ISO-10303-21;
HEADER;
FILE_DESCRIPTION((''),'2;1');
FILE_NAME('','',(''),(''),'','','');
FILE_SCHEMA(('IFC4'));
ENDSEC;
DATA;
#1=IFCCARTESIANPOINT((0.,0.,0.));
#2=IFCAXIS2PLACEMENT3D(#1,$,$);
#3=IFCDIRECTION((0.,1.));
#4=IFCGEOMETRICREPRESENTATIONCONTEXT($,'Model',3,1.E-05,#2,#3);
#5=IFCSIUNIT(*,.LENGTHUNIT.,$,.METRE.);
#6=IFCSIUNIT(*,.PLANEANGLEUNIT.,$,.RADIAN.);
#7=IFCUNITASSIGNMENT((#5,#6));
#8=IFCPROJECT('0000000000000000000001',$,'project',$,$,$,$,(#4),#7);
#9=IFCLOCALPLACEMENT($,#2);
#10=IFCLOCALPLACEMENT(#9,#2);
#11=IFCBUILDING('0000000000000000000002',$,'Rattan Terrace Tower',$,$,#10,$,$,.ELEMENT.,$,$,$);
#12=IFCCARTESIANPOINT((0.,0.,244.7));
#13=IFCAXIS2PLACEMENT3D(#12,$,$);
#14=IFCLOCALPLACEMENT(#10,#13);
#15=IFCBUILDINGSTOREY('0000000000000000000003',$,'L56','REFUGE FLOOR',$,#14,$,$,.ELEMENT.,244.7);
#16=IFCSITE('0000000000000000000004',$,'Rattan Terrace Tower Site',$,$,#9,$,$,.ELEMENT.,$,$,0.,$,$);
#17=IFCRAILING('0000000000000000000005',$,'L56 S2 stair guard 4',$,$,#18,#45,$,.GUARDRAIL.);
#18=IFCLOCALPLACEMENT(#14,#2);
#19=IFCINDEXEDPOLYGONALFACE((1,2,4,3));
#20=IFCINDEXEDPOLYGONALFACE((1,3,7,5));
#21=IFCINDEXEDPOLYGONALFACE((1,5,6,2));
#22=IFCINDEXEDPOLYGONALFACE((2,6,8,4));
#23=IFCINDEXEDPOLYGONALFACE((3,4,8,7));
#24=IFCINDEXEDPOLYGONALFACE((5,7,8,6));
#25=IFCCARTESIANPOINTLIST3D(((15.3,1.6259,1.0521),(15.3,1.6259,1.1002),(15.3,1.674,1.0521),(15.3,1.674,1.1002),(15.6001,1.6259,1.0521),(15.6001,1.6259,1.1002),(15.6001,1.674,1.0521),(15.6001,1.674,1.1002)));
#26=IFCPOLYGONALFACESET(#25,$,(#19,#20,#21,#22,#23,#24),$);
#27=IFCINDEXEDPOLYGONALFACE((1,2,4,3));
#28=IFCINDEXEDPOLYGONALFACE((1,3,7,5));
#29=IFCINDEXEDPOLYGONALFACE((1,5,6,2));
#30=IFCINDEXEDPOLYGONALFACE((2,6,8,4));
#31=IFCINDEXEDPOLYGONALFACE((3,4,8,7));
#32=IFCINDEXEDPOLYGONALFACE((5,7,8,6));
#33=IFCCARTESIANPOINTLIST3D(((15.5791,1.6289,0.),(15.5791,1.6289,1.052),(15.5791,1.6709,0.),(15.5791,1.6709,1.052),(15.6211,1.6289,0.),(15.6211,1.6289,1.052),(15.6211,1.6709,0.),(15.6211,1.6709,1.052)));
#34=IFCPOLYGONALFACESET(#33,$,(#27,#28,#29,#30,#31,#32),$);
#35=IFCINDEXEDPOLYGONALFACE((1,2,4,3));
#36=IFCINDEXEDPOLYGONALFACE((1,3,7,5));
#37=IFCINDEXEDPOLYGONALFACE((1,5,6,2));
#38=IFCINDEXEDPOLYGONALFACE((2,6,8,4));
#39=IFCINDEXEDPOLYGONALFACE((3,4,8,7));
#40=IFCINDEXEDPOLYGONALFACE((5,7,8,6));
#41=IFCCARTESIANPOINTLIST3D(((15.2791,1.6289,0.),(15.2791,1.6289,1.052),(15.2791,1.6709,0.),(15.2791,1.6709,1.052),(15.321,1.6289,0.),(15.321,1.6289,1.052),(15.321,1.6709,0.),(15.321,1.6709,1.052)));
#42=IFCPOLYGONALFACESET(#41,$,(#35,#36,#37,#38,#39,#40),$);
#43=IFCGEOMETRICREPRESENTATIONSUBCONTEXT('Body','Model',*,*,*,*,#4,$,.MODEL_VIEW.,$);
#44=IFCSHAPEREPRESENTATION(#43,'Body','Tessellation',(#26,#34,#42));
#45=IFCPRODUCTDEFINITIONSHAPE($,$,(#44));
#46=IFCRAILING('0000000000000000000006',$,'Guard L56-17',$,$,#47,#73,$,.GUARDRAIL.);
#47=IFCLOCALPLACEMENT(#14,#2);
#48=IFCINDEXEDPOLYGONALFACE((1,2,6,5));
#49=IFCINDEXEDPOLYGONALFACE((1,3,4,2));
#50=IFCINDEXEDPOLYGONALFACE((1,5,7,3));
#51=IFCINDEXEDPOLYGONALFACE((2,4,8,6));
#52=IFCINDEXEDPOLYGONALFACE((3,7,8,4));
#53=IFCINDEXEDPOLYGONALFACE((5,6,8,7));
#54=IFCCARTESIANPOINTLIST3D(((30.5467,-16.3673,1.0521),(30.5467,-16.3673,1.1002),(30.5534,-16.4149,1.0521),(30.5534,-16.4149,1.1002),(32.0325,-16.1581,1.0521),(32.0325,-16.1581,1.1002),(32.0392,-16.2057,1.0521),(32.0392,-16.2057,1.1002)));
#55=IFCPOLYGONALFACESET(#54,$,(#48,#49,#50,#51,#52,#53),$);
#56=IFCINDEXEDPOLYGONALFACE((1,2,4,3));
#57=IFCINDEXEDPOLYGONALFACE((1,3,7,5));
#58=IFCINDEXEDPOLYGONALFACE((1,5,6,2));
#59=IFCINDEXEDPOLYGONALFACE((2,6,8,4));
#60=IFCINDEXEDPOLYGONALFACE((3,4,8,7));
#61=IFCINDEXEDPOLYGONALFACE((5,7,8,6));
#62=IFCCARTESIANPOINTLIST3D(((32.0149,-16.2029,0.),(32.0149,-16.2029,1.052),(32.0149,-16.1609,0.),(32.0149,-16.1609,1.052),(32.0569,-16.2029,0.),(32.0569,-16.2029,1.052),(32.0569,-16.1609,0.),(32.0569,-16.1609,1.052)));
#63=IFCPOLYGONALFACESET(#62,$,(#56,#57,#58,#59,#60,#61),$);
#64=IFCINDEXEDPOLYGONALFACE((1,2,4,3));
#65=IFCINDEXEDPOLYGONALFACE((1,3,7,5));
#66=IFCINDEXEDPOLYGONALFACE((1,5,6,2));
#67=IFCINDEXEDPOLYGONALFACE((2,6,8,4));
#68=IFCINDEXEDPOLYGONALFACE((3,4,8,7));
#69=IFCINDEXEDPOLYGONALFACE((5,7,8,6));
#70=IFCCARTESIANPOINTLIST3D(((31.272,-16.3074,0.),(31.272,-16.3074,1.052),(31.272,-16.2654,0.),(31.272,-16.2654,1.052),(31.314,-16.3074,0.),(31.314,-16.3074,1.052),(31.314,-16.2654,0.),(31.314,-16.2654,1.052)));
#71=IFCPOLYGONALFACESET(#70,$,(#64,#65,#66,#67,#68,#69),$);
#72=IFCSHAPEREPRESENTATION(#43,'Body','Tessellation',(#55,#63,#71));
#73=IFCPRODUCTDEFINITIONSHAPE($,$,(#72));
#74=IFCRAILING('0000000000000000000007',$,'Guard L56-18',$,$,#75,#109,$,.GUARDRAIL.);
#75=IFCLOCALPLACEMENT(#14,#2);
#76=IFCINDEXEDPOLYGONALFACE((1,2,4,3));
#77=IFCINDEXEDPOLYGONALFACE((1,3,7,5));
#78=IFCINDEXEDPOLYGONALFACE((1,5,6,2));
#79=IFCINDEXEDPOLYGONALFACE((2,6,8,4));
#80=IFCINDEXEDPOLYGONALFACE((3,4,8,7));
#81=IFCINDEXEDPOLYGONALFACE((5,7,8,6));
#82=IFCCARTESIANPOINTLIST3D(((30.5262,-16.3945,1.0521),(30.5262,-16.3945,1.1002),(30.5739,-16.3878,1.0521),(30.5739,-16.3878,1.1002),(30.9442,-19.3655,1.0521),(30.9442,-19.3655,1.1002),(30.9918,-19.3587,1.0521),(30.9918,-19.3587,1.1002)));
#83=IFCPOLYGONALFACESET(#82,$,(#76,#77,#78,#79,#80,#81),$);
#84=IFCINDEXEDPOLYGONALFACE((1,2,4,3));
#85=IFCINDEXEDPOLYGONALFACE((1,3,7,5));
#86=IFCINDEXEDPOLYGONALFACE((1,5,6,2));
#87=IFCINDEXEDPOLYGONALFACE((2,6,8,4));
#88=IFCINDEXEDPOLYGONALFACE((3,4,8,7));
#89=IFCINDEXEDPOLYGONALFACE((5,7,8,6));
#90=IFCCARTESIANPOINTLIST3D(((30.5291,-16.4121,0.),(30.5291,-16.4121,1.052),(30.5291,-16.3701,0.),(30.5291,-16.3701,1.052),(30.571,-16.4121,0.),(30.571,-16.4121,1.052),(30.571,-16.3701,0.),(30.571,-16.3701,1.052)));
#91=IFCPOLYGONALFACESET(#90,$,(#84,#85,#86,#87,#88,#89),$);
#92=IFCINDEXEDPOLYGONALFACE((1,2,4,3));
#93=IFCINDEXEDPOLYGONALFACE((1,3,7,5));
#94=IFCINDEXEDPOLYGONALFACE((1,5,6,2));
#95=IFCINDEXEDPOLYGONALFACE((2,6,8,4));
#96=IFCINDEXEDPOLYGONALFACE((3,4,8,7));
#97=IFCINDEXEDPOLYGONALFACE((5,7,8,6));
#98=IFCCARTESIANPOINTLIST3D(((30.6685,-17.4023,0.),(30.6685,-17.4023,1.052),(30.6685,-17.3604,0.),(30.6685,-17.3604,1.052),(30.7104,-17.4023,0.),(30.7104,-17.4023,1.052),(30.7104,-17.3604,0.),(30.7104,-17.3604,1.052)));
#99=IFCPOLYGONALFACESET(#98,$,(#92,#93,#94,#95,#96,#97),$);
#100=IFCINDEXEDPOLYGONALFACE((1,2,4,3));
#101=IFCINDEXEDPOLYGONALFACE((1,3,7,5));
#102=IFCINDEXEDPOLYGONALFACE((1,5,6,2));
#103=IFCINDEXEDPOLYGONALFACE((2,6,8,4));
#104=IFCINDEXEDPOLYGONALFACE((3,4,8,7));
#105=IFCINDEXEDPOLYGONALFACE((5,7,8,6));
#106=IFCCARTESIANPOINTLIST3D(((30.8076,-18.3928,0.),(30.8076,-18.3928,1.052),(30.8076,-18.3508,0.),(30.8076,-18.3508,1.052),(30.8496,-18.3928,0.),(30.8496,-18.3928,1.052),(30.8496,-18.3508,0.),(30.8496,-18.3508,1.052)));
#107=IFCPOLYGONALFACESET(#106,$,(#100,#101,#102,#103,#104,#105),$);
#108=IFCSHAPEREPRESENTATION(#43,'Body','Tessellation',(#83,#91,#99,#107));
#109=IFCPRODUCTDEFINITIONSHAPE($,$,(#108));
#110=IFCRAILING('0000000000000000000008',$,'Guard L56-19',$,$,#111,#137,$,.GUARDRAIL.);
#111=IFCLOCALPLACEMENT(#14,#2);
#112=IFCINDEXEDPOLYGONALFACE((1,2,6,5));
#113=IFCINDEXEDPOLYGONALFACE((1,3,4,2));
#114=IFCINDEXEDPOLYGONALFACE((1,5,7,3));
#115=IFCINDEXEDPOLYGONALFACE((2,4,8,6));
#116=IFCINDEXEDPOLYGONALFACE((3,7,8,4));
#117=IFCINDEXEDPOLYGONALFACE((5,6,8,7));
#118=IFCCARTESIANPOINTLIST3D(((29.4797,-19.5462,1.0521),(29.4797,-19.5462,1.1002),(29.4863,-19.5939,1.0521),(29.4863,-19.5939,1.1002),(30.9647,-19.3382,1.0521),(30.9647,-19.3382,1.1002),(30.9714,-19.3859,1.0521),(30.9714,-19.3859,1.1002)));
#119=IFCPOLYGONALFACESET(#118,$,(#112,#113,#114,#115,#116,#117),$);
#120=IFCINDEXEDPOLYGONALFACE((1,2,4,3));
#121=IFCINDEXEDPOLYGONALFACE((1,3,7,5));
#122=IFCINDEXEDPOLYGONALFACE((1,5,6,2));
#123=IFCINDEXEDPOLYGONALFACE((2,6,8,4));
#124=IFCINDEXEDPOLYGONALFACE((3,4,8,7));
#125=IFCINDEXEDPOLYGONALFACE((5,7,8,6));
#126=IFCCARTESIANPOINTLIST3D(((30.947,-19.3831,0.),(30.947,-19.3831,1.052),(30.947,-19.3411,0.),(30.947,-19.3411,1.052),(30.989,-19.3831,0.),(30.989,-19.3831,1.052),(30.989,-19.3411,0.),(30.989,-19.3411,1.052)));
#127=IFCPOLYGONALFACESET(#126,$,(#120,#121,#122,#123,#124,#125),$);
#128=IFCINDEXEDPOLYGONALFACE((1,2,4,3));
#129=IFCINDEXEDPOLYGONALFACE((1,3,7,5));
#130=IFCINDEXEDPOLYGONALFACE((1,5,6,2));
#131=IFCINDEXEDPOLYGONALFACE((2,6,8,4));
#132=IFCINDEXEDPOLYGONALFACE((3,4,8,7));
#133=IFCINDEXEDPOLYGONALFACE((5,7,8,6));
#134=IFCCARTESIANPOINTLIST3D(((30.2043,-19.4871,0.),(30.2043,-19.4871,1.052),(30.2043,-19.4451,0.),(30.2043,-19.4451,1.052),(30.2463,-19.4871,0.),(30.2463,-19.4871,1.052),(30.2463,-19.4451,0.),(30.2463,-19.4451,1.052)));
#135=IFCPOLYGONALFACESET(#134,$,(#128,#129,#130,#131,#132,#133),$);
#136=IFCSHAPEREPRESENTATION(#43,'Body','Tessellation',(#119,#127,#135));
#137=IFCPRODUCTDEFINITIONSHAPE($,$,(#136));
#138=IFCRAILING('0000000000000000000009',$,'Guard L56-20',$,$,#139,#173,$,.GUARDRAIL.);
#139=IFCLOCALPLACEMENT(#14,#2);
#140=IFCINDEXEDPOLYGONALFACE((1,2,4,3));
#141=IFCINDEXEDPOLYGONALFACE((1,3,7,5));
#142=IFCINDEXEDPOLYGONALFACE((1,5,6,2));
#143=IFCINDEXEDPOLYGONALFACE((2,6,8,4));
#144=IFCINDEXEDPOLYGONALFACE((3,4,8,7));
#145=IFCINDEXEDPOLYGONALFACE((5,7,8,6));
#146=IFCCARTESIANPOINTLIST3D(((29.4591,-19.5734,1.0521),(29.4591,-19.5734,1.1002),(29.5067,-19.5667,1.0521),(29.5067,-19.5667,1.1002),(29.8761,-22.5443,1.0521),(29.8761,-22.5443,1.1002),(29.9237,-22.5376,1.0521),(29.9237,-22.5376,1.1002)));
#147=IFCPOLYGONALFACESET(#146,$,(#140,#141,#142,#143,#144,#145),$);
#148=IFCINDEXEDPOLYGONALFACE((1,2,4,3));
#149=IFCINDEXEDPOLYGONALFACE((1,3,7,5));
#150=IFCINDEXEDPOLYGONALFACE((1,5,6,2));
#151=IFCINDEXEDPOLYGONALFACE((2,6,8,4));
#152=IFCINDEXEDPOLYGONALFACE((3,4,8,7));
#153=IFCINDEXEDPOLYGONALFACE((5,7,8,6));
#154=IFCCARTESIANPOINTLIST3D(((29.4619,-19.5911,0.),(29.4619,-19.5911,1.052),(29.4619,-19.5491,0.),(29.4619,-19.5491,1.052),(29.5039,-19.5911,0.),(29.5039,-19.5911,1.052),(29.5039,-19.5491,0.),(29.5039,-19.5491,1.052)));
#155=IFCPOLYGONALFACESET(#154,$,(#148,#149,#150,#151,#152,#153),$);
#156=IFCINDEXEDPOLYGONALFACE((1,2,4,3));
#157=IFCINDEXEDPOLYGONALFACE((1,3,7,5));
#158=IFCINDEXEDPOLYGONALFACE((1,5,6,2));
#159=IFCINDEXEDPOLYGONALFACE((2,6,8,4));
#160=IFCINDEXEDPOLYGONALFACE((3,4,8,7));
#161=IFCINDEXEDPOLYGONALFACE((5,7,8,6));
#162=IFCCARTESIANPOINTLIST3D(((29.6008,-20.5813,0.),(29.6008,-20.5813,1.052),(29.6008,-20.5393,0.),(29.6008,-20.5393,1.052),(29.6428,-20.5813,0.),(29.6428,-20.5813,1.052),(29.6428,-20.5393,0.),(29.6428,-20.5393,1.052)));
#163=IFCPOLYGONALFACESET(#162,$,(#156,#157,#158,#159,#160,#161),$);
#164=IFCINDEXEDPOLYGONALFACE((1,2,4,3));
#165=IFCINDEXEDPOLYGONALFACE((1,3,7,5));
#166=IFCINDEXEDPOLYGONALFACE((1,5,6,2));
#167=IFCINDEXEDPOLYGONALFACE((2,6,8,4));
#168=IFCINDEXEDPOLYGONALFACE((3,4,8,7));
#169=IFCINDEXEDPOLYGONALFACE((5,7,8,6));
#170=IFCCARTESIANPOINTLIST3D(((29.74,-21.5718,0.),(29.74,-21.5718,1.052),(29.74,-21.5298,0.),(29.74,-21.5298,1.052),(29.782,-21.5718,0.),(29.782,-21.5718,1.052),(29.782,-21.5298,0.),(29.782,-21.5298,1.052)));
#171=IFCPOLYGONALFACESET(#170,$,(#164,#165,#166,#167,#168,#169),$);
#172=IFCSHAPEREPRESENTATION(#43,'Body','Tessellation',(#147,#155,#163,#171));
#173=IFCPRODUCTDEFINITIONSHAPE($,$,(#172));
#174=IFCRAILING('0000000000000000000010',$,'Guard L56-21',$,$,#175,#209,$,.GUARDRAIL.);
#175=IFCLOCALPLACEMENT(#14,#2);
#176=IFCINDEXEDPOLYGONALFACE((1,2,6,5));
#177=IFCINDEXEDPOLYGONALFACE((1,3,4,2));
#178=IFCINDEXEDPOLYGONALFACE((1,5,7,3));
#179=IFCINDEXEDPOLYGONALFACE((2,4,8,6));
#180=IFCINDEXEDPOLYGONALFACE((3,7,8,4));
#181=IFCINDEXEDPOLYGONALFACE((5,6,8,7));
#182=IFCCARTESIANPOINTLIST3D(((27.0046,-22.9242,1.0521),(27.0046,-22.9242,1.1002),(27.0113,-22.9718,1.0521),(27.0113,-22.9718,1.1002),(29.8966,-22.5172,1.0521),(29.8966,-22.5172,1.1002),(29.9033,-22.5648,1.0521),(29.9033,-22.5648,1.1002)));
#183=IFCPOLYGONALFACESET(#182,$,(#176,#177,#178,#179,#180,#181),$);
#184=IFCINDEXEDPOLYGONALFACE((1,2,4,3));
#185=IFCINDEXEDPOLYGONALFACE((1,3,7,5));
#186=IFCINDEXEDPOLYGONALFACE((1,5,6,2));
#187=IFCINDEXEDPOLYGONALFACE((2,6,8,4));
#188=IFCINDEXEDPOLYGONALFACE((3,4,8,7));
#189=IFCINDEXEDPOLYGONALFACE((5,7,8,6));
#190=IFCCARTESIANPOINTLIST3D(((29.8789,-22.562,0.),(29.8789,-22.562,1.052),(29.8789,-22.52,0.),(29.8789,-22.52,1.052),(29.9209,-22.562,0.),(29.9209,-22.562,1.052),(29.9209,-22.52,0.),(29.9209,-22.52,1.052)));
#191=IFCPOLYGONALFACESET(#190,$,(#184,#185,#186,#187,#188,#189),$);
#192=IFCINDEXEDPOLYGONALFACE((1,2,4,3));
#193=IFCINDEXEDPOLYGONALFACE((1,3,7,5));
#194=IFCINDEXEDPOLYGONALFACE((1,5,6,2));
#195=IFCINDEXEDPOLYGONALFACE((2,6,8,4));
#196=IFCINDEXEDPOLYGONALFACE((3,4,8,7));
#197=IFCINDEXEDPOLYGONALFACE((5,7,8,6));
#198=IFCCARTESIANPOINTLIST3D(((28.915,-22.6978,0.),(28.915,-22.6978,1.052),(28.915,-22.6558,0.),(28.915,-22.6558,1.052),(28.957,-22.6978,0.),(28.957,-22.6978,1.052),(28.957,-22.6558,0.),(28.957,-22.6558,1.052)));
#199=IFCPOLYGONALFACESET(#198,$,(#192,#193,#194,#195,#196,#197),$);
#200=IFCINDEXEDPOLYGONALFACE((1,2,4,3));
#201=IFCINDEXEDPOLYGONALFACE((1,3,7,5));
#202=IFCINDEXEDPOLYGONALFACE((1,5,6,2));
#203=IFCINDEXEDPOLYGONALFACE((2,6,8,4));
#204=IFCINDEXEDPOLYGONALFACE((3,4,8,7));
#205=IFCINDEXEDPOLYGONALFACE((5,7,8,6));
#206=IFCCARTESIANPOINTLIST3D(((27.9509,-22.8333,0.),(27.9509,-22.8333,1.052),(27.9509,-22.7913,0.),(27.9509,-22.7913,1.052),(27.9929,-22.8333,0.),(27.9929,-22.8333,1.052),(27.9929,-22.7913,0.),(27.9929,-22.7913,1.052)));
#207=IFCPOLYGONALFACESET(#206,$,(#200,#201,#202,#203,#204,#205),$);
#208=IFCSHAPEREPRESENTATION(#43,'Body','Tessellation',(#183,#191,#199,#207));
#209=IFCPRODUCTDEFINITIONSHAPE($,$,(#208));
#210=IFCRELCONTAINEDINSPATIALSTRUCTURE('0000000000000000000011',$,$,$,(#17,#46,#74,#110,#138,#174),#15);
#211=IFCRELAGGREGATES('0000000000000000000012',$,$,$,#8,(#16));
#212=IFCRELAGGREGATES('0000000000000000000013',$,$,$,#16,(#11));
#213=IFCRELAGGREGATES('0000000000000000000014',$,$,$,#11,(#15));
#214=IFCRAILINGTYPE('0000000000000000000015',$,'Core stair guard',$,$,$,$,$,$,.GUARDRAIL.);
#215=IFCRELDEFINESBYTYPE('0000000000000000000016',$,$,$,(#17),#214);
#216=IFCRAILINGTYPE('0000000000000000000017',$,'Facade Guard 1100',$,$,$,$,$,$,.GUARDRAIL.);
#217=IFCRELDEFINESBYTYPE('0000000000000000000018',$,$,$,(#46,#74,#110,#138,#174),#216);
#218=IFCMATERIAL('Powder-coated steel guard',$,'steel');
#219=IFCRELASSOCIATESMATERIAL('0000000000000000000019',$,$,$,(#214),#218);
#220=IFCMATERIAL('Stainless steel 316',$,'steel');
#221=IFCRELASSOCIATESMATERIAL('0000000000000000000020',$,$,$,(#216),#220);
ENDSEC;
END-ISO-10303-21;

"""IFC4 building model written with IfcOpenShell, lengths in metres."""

from ifc_helpers import new_model, si_unit, direction, frame, origin, origin_2d, place, context, subcontext, project, spatial, rectangle, extrude, material, type_object, element, save


model = new_model("IFC4")

# Units and contexts
model_context = context("Model", 3, precision=1e-05, world=origin(), true_north=direction((0.0, 1.0)))
body_context = subcontext(model_context, "Body", "Model", "MODEL_VIEW")
ifc_project = project(units=[si_unit("LENGTHUNIT", "METRE"), si_unit("PLANEANGLEUNIT", "RADIAN")], contexts=[model_context])

# Site, building, storey
site_placement = place(None, origin())
site = spatial("IfcSite", under=ifc_project, at=site_placement, Name="Rattan Terrace Tower Site", CompositionType="ELEMENT", RefElevation=0.0)
building_placement = place(site_placement, origin())
building = spatial("IfcBuilding", under=site, at=building_placement, Name="Rattan Terrace Tower", CompositionType="ELEMENT")
storey_placement = place(building_placement, frame((0.0, 0.0, 244.7)))
storey = spatial("IfcBuildingStorey", under=building, at=storey_placement, Name="L56", Description="REFUGE FLOOR", CompositionType="ELEMENT", Elevation=244.7)

# Railings
ifc_material_1 = material(Name="Powder-coated steel guard", Category="steel")
railing_type_1 = type_object("IfcRailingType", Name="Core stair guard", PredefinedType="GUARDRAIL", material=ifc_material_1)
railing_1_placement = place(storey_placement, frame((15.6001, 1.6499, 0.0)))
element("IfcRailing", 1, at=railing_1_placement, inside=storey, type_object=railing_type_1, Name="L56 S2 stair guard 4", PredefinedType="GUARDRAIL", context=body_context, shape_type="SweptSolid", body=[
    extrude(rectangle(XDim=0.0481, YDim=0.0481, at=origin_2d()), frame((0.0, 0.0, 1.0762), z_axis=(-1.0, 0.0, 0.0), x_axis=(0.0, -1.0, 0.0)), (0.0, 0.0, 1.0), 0.3),
    extrude(rectangle(XDim=0.042, YDim=0.042, at=origin_2d()), origin(), (0.0, 0.0, 1.0), 1.052),
    extrude(rectangle(XDim=0.042, YDim=0.042, at=origin_2d()), frame((-0.3, 0.0, 0.0)), (0.0, 0.0, 1.0), 1.052),
])
ifc_material_2 = material(Name="Stainless steel 316", Category="steel")
railing_type_2 = type_object("IfcRailingType", Name="Facade Guard 1100", PredefinedType="GUARDRAIL", material=ifc_material_2)
railing_2_placement = place(storey_placement, frame((32.0359, -16.1819, 0.0)))
element("IfcRailing", 2, at=railing_2_placement, inside=storey, type_object=railing_type_2, Name="Guard L56-17", PredefinedType="GUARDRAIL", context=body_context, shape_type="SweptSolid", body=[
    extrude(rectangle(XDim=0.0481, YDim=0.0481, at=origin_2d()), frame((0.0, 0.0, 1.0762), z_axis=(-0.990231, -0.139439, 0.0), x_axis=(0.139439, -0.990231, 0.0)), (0.0, 0.0, 1.0), 1.5005),
    extrude(rectangle(XDim=0.042, YDim=0.042, at=origin_2d()), origin(), (0.0, 0.0, 1.0), 1.052),
    extrude(rectangle(XDim=0.042, YDim=0.042, at=origin_2d()), frame((-0.7429, -0.1045, 0.0)), (0.0, 0.0, 1.0), 1.052),
])
railing_3_placement = place(storey_placement, frame((30.55, -16.3911, 0.0)))
element("IfcRailing", 3, at=railing_3_placement, inside=storey, type_object=railing_type_2, Name="Guard L56-18", PredefinedType="GUARDRAIL", context=body_context, shape_type="SweptSolid", body=[
    extrude(rectangle(XDim=0.0481, YDim=0.0481, at=origin_2d()), frame((0.0, 0.0, 1.0762), z_axis=(0.139313, -0.990248, 0.0), x_axis=(0.990248, 0.139313, 0.0)), (0.0, 0.0, 1.0), 3.0002),
    extrude(rectangle(XDim=0.042, YDim=0.042, at=origin_2d()), origin(), (0.0, 0.0, 1.0), 1.052),
    extrude(rectangle(XDim=0.042, YDim=0.042, at=origin_2d()), frame((0.1394, -0.9902, 0.0)), (0.0, 0.0, 1.0), 1.052),
    extrude(rectangle(XDim=0.042, YDim=0.042, at=origin_2d()), frame((0.2786, -1.9807, 0.0)), (0.0, 0.0, 1.0), 1.052),
])
railing_4_placement = place(storey_placement, frame((30.968, -19.3621, 0.0)))
element("IfcRailing", 4, at=railing_4_placement, inside=storey, type_object=railing_type_2, Name="Guard L56-19", PredefinedType="GUARDRAIL", context=body_context, shape_type="SweptSolid", body=[
    extrude(rectangle(XDim=0.0481, YDim=0.0481, at=origin_2d()), frame((0.0, 0.0, 1.0762), z_axis=(-0.990333, -0.138709, 0.0), x_axis=(0.138709, -0.990333, 0.0)), (0.0, 0.0, 1.0), 1.4995),
    extrude(rectangle(XDim=0.042, YDim=0.042, at=origin_2d()), origin(), (0.0, 0.0, 1.0), 1.052),
    extrude(rectangle(XDim=0.042, YDim=0.042, at=origin_2d()), frame((-0.7427, -0.104, 0.0)), (0.0, 0.0, 1.0), 1.052),
])
railing_5_placement = place(storey_placement, frame((29.4829, -19.5701, 0.0)))
element("IfcRailing", 5, at=railing_5_placement, inside=storey, type_object=railing_type_2, Name="Guard L56-20", PredefinedType="GUARDRAIL", context=body_context, shape_type="SweptSolid", body=[
    extrude(rectangle(XDim=0.0481, YDim=0.0481, at=origin_2d()), frame((0.0, 0.0, 1.0762), z_axis=(0.138994, -0.990293, 0.0), x_axis=(0.990293, 0.138994, 0.0)), (0.0, 0.0, 1.0), 3.0),
    extrude(rectangle(XDim=0.042, YDim=0.042, at=origin_2d()), origin(), (0.0, 0.0, 1.0), 1.052),
    extrude(rectangle(XDim=0.042, YDim=0.042, at=origin_2d()), frame((0.1389, -0.9902, 0.0)), (0.0, 0.0, 1.0), 1.052),
    extrude(rectangle(XDim=0.042, YDim=0.042, at=origin_2d()), frame((0.2781, -1.9807, 0.0)), (0.0, 0.0, 1.0), 1.052),
])
railing_6_placement = place(storey_placement, frame((29.8999, -22.541, 0.0)))
element("IfcRailing", 6, at=railing_6_placement, inside=storey, type_object=railing_type_2, Name="Guard L56-21", PredefinedType="GUARDRAIL", context=body_context, shape_type="SweptSolid", body=[
    extrude(rectangle(XDim=0.0481, YDim=0.0481, at=origin_2d()), frame((0.0, 0.0, 1.0762), z_axis=(-0.990242, -0.139361, 0.0), x_axis=(0.139361, -0.990242, 0.0)), (0.0, 0.0, 1.0), 2.9204),
    extrude(rectangle(XDim=0.042, YDim=0.042, at=origin_2d()), origin(), (0.0, 0.0, 1.0), 1.052),
    extrude(rectangle(XDim=0.042, YDim=0.042, at=origin_2d()), frame((-0.9639, -0.1357, 0.0)), (0.0, 0.0, 1.0), 1.052),
    extrude(rectangle(XDim=0.042, YDim=0.042, at=origin_2d()), frame((-1.928, -0.2712, 0.0)), (0.0, 0.0, 1.0), 1.052),
])

save(model, "model.ifc")
